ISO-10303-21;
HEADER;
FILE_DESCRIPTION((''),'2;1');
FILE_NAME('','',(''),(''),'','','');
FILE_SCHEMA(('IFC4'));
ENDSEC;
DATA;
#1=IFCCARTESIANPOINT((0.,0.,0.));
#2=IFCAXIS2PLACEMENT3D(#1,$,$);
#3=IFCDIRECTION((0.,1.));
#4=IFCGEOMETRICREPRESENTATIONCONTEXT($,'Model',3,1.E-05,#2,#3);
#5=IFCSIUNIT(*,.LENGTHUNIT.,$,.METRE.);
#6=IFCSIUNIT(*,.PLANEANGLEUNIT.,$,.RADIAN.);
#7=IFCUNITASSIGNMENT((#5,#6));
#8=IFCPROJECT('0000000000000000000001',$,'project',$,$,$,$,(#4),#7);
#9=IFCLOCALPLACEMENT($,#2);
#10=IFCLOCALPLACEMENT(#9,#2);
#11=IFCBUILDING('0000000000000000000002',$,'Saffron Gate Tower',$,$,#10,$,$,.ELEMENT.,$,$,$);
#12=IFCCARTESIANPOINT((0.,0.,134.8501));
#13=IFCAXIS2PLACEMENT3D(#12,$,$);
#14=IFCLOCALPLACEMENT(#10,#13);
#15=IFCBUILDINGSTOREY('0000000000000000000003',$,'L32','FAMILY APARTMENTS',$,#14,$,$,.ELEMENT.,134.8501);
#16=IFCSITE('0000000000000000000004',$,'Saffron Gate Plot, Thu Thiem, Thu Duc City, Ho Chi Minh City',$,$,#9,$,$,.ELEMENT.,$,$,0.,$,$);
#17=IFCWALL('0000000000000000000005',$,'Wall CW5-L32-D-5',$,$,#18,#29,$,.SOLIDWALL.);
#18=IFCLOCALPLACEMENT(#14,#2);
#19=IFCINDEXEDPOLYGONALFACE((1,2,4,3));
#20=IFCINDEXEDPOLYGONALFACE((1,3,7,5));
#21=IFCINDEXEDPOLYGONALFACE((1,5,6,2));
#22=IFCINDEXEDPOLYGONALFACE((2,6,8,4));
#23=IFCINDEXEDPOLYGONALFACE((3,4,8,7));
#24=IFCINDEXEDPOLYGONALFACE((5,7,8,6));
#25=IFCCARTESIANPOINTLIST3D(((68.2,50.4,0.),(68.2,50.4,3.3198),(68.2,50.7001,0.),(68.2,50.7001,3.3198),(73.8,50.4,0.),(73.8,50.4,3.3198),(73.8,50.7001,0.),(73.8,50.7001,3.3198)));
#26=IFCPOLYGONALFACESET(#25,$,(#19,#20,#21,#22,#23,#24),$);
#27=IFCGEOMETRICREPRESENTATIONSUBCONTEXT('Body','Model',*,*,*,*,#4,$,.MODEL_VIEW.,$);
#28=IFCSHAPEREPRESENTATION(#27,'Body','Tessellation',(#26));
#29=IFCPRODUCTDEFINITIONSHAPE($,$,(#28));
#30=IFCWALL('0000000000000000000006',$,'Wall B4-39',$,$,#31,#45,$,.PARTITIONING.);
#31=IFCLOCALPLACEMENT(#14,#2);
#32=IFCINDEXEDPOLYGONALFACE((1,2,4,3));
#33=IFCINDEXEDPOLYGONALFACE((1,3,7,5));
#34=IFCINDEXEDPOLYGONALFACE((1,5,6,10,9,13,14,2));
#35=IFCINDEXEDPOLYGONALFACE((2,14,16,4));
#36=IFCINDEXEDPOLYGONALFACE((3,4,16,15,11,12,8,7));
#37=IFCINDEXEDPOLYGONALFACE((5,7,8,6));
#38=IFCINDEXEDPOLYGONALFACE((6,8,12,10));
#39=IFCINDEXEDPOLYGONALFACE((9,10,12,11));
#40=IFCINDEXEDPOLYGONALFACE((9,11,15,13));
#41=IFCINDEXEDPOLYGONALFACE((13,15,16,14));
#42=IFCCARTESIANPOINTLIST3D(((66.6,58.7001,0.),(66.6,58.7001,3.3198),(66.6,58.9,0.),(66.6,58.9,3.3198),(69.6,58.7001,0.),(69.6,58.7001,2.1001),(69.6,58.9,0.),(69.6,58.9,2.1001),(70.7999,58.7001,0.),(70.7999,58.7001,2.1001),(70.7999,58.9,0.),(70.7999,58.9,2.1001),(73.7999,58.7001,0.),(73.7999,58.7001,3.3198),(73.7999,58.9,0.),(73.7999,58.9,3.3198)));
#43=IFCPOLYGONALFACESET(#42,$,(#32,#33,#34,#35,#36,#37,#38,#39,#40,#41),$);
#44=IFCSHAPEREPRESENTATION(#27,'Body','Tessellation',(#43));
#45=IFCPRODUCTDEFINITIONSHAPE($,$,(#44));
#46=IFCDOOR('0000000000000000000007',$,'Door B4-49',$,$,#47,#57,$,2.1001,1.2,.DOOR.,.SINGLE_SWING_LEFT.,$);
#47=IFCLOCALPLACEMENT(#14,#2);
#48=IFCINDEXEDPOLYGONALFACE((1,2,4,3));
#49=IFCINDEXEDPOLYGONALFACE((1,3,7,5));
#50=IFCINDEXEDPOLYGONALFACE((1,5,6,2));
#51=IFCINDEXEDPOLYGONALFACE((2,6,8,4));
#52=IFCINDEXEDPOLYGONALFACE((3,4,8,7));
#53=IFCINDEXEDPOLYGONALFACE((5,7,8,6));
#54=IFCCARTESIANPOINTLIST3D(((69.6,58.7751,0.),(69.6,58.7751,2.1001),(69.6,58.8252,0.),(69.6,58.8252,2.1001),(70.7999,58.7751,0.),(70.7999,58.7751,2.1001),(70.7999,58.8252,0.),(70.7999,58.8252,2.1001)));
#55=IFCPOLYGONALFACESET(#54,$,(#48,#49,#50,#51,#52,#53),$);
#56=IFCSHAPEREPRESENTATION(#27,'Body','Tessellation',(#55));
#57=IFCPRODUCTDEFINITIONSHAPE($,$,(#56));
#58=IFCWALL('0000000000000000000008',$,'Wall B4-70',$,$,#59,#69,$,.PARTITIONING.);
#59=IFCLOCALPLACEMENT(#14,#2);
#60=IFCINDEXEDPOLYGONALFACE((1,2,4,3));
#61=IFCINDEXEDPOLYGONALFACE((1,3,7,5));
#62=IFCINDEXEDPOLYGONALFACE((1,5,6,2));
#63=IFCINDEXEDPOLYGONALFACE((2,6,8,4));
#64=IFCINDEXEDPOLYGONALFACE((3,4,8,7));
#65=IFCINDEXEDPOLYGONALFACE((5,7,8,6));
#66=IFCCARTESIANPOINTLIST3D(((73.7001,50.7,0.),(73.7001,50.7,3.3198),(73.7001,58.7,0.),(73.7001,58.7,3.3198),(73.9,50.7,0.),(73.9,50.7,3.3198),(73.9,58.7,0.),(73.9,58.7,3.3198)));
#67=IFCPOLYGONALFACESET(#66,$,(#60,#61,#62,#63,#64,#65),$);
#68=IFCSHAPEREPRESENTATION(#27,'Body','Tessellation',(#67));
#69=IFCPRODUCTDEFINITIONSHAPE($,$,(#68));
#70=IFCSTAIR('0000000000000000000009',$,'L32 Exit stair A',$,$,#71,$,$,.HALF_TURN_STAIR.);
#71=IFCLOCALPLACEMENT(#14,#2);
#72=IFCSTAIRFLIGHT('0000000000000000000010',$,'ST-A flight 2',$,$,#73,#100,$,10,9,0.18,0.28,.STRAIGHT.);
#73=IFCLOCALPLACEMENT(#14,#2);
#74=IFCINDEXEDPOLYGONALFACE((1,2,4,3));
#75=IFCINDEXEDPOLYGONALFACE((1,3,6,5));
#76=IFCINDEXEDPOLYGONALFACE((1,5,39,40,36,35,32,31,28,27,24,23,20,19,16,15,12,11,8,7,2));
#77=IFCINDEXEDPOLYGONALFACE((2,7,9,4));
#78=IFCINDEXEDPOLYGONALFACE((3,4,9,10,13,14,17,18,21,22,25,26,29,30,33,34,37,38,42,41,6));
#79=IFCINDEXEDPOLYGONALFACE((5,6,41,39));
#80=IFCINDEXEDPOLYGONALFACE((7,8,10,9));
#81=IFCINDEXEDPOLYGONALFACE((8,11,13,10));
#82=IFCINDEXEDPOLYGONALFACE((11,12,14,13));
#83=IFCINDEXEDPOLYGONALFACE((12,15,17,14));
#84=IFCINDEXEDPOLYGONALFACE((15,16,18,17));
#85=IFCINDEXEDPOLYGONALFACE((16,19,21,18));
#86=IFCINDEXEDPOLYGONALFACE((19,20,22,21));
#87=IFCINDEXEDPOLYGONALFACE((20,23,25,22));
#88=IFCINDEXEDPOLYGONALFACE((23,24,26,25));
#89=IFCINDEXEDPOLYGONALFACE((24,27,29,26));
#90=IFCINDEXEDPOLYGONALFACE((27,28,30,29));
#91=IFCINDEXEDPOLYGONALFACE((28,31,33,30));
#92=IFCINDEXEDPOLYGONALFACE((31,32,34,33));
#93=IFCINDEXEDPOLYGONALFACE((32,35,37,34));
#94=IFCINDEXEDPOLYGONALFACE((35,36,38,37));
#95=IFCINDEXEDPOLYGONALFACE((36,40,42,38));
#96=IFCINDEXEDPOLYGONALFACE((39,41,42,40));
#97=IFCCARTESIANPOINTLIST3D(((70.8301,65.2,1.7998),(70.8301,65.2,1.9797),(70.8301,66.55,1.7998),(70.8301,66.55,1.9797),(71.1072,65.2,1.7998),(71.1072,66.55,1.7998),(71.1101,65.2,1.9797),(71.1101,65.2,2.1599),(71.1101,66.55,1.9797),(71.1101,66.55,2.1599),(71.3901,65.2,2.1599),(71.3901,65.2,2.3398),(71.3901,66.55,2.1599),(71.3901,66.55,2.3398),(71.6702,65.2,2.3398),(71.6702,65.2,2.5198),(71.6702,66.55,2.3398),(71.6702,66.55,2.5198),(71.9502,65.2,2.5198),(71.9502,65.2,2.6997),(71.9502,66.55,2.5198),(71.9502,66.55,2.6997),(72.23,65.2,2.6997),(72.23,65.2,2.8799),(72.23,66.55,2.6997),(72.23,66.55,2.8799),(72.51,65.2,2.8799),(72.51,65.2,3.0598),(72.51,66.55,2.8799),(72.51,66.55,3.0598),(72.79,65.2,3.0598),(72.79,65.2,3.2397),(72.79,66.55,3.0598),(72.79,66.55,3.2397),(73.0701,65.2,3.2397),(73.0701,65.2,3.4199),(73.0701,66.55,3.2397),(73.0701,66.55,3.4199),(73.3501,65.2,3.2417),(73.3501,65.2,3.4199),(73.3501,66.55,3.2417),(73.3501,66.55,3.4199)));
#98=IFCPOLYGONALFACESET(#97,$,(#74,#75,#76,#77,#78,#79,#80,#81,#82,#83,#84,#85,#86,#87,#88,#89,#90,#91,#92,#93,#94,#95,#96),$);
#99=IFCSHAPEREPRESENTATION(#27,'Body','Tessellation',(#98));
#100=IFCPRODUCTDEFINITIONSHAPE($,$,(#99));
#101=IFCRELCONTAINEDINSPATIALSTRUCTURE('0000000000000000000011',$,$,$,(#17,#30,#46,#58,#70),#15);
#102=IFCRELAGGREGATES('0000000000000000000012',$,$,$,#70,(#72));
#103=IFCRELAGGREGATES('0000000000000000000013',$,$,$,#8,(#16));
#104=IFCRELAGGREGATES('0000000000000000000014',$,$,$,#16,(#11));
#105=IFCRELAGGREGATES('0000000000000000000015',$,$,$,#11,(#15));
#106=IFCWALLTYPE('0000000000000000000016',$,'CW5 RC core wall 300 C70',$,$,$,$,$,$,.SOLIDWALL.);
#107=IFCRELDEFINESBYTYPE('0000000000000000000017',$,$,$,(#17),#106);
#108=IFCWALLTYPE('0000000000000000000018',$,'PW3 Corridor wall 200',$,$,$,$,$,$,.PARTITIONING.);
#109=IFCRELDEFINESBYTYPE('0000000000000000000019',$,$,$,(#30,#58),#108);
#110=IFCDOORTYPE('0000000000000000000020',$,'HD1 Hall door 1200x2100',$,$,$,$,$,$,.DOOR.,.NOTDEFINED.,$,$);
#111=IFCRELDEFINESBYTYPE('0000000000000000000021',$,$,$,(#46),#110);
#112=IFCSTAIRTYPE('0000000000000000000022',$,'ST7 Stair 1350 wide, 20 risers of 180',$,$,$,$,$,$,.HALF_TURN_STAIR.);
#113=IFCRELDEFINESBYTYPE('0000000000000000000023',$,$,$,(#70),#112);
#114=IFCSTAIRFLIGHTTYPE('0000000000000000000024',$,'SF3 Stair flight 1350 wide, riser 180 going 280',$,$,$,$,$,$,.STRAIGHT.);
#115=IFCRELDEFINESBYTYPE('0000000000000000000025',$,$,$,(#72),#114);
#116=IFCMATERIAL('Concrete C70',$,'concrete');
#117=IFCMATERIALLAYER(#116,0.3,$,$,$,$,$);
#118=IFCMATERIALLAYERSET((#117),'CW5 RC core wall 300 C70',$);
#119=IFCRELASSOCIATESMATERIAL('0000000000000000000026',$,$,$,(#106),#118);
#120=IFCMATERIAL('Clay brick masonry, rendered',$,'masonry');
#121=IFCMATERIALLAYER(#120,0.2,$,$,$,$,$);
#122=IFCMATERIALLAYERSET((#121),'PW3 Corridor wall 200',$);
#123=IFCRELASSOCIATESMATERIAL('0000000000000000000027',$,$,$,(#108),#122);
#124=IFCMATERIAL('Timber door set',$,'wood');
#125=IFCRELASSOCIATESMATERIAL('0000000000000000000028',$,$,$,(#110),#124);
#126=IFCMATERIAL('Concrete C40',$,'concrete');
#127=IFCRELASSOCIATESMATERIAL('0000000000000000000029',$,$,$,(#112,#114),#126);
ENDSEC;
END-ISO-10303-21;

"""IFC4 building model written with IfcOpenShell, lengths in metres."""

from ifc_helpers import new_model, si_unit, direction, frame, frame_2d, origin, place, context, subcontext, project, spatial, polyline, rectangle, outline, extrude, material, layer, layer_set, type_object, element, fill, aggregate, save


model = new_model("IFC4")

# Units and contexts
model_context = context("Model", 3, precision=1e-05, world=origin(), true_north=direction((0.0, 1.0)))
body_context = subcontext(model_context, "Body", "Model", "MODEL_VIEW")
ifc_project = project(units=[si_unit("LENGTHUNIT", "METRE"), si_unit("PLANEANGLEUNIT", "RADIAN")], contexts=[model_context])

# Site, building, storey
site_placement = place(None, origin())
site = spatial("IfcSite", under=ifc_project, at=site_placement, Name="Saffron Gate Plot, Thu Thiem, Thu Duc City, Ho Chi Minh City", CompositionType="ELEMENT", RefElevation=0.0)
building_placement = place(site_placement, origin())
building = spatial("IfcBuilding", under=site, at=building_placement, Name="Saffron Gate Tower", CompositionType="ELEMENT")
storey_placement = place(building_placement, frame((0.0, 0.0, 134.8501)))
storey = spatial("IfcBuildingStorey", under=building, at=storey_placement, Name="L32", Description="FAMILY APARTMENTS", CompositionType="ELEMENT", Elevation=134.8501)

# Shared definitions
ifc_material_1 = material(Name="Concrete C70", Category="concrete")

# Wall
ifc_layer_1 = layer(ifc_material_1, 0.3)
ifc_layer_set_1 = layer_set([ifc_layer_1], Name="CW5 RC core wall 300 C70")
wall_type_1 = type_object("IfcWallType", Name="CW5 RC core wall 300 C70", PredefinedType="SOLIDWALL", material=ifc_layer_set_1)
wall_1_placement = place(storey_placement, frame((68.2, 50.55, 0.0), z_axis=(0.0, 0.0, 1.0), x_axis=(1.0, 0.0, 0.0)))
element("IfcWall", 1, at=wall_1_placement, inside=storey, type_object=wall_type_1, Name="Wall CW5-L32-D-5", PredefinedType="SOLIDWALL", context=body_context, shape_type="SweptSolid", body=[
    extrude(rectangle(XDim=5.6001, YDim=0.3, at=frame_2d((2.8, 0.0))), origin(), (0.0, 0.0, 1.0), 3.3198),
])

# Wall, opening, door
ifc_material_2 = material(Name="Clay brick masonry, rendered", Category="masonry")
ifc_layer_2 = layer(ifc_material_2, 0.2)
ifc_layer_set_2 = layer_set([ifc_layer_2], Name="PW3 Corridor wall 200")
wall_type_2 = type_object("IfcWallType", Name="PW3 Corridor wall 200", PredefinedType="PARTITIONING", material=ifc_layer_set_2)
wall_2_placement = place(storey_placement, frame((73.8, 58.8, 0.0), z_axis=(0.0, 0.0, 1.0), x_axis=(-1.0, 0.0, 0.0)))
wall_2 = element("IfcWall", 2, at=wall_2_placement, inside=storey, type_object=wall_type_2, Name="Wall B4-39", PredefinedType="PARTITIONING", context=body_context, shape_type="SweptSolid", body=[
    extrude(rectangle(XDim=7.2, YDim=0.2, at=frame_2d((3.6001, 0.0))), origin(), (0.0, 0.0, 1.0), 3.3198),
])
opening_1_placement = place(wall_2_placement, frame((3.0, 0.0, 0.0)))
opening_1 = element("IfcOpeningElement", 3, at=opening_1_placement, cuts=wall_2, PredefinedType="OPENING", context=body_context, shape_type="SweptSolid", body=[
    extrude(rectangle(XDim=1.2, YDim=2.1001, at=frame_2d((0.6001, 1.05))), frame((0.0, 0.1099, 0.0), z_axis=(0.0, -1.0, 0.0), x_axis=(1.0, 0.0, 0.0)), (0.0, 0.0, 1.0), 0.22),
])
ifc_material_3 = material(Name="Timber door set", Category="wood")
door_type_1 = type_object("IfcDoorType", Name="HD1 Hall door 1200x2100", OperationType="NOTDEFINED", PredefinedType="DOOR", material=ifc_material_3)
door_1_placement = place(opening_1_placement, origin())
door_1 = element("IfcDoor", 4, at=door_1_placement, inside=storey, type_object=door_type_1, Name="Door B4-49", OperationType="SINGLE_SWING_LEFT", OverallHeight=2.1001, OverallWidth=1.2, PredefinedType="DOOR", context=body_context, shape_type="SweptSolid", body=[
    extrude(rectangle(XDim=1.2, YDim=2.1001, at=frame_2d((0.6001, 1.05))), frame((0.0, 0.0249, 0.0), z_axis=(0.0, -1.0, 0.0), x_axis=(1.0, 0.0, 0.0)), (0.0, 0.0, 1.0), 0.05),
])
fill(opening_1, door_1)

# Wall
wall_3_placement = place(storey_placement, frame((73.8, 58.7, 0.0), z_axis=(0.0, 0.0, 1.0), x_axis=(0.0, -1.0, 0.0)))
element("IfcWall", 5, at=wall_3_placement, inside=storey, type_object=wall_type_2, Name="Wall B4-70", PredefinedType="PARTITIONING", context=body_context, shape_type="SweptSolid", body=[
    extrude(rectangle(XDim=8.0, YDim=0.2, at=frame_2d((4.0, 0.0))), origin(), (0.0, 0.0, 1.0), 3.3198),
])

# Stair, stair flight
ifc_material_4 = material(Name="Concrete C40", Category="concrete")
stair_type = type_object("IfcStairType", Name="ST7 Stair 1350 wide, 20 risers of 180", PredefinedType="HALF_TURN_STAIR", material=ifc_material_4)
stair_placement = place(storey_placement, origin())
stair = element("IfcStair", 6, at=stair_placement, inside=storey, type_object=stair_type, Name="L32 Exit stair A", PredefinedType="HALF_TURN_STAIR")
stair_flight_type = type_object("IfcStairFlightType", Name="SF3 Stair flight 1350 wide, riser 180 going 280", PredefinedType="STRAIGHT", material=ifc_material_4)
stair_flight_placement = place(storey_placement, frame((70.8301, 65.875, 1.7998), z_axis=(0.0, 0.0, 1.0), x_axis=(1.0, 0.0, 0.0)))
stair_flight = element("IfcStairFlight", 7, at=stair_flight_placement, type_object=stair_flight_type, Name="ST-A flight 2", NumberOfRisers=10, NumberOfTreads=9, PredefinedType="STRAIGHT", RiserHeight=0.18, TreadLength=0.28, context=body_context, shape_type="SweptSolid", body=[
    extrude(outline(polyline([(0.0, 0.0), (0.0, 0.1799), (0.28, 0.1799), (0.28, 0.3601), (0.5601, 0.3601), (0.5601, 0.54), (0.8401, 0.54), (0.8401, 0.72), (1.1201, 0.72), (1.1201, 0.8999), (1.3999, 0.8999), (1.3999, 1.0801), (1.6799, 1.0801), (1.6799, 1.26), (1.96, 1.26), (1.96, 1.4399), (2.24, 1.4399), (2.24, 1.6201), (2.52, 1.6201), (2.52, 1.8), (2.52, 1.4419), (0.2771, 0.0), (0.0, 0.0)])), frame((0.0, 0.675, 0.0), z_axis=(0.0, -1.0, 0.0), x_axis=(1.0, 0.0, 0.0)), (0.0, 0.0, 1.0), 1.3501),
])
aggregate(stair, [stair_flight])

save(model, "model.ifc")
